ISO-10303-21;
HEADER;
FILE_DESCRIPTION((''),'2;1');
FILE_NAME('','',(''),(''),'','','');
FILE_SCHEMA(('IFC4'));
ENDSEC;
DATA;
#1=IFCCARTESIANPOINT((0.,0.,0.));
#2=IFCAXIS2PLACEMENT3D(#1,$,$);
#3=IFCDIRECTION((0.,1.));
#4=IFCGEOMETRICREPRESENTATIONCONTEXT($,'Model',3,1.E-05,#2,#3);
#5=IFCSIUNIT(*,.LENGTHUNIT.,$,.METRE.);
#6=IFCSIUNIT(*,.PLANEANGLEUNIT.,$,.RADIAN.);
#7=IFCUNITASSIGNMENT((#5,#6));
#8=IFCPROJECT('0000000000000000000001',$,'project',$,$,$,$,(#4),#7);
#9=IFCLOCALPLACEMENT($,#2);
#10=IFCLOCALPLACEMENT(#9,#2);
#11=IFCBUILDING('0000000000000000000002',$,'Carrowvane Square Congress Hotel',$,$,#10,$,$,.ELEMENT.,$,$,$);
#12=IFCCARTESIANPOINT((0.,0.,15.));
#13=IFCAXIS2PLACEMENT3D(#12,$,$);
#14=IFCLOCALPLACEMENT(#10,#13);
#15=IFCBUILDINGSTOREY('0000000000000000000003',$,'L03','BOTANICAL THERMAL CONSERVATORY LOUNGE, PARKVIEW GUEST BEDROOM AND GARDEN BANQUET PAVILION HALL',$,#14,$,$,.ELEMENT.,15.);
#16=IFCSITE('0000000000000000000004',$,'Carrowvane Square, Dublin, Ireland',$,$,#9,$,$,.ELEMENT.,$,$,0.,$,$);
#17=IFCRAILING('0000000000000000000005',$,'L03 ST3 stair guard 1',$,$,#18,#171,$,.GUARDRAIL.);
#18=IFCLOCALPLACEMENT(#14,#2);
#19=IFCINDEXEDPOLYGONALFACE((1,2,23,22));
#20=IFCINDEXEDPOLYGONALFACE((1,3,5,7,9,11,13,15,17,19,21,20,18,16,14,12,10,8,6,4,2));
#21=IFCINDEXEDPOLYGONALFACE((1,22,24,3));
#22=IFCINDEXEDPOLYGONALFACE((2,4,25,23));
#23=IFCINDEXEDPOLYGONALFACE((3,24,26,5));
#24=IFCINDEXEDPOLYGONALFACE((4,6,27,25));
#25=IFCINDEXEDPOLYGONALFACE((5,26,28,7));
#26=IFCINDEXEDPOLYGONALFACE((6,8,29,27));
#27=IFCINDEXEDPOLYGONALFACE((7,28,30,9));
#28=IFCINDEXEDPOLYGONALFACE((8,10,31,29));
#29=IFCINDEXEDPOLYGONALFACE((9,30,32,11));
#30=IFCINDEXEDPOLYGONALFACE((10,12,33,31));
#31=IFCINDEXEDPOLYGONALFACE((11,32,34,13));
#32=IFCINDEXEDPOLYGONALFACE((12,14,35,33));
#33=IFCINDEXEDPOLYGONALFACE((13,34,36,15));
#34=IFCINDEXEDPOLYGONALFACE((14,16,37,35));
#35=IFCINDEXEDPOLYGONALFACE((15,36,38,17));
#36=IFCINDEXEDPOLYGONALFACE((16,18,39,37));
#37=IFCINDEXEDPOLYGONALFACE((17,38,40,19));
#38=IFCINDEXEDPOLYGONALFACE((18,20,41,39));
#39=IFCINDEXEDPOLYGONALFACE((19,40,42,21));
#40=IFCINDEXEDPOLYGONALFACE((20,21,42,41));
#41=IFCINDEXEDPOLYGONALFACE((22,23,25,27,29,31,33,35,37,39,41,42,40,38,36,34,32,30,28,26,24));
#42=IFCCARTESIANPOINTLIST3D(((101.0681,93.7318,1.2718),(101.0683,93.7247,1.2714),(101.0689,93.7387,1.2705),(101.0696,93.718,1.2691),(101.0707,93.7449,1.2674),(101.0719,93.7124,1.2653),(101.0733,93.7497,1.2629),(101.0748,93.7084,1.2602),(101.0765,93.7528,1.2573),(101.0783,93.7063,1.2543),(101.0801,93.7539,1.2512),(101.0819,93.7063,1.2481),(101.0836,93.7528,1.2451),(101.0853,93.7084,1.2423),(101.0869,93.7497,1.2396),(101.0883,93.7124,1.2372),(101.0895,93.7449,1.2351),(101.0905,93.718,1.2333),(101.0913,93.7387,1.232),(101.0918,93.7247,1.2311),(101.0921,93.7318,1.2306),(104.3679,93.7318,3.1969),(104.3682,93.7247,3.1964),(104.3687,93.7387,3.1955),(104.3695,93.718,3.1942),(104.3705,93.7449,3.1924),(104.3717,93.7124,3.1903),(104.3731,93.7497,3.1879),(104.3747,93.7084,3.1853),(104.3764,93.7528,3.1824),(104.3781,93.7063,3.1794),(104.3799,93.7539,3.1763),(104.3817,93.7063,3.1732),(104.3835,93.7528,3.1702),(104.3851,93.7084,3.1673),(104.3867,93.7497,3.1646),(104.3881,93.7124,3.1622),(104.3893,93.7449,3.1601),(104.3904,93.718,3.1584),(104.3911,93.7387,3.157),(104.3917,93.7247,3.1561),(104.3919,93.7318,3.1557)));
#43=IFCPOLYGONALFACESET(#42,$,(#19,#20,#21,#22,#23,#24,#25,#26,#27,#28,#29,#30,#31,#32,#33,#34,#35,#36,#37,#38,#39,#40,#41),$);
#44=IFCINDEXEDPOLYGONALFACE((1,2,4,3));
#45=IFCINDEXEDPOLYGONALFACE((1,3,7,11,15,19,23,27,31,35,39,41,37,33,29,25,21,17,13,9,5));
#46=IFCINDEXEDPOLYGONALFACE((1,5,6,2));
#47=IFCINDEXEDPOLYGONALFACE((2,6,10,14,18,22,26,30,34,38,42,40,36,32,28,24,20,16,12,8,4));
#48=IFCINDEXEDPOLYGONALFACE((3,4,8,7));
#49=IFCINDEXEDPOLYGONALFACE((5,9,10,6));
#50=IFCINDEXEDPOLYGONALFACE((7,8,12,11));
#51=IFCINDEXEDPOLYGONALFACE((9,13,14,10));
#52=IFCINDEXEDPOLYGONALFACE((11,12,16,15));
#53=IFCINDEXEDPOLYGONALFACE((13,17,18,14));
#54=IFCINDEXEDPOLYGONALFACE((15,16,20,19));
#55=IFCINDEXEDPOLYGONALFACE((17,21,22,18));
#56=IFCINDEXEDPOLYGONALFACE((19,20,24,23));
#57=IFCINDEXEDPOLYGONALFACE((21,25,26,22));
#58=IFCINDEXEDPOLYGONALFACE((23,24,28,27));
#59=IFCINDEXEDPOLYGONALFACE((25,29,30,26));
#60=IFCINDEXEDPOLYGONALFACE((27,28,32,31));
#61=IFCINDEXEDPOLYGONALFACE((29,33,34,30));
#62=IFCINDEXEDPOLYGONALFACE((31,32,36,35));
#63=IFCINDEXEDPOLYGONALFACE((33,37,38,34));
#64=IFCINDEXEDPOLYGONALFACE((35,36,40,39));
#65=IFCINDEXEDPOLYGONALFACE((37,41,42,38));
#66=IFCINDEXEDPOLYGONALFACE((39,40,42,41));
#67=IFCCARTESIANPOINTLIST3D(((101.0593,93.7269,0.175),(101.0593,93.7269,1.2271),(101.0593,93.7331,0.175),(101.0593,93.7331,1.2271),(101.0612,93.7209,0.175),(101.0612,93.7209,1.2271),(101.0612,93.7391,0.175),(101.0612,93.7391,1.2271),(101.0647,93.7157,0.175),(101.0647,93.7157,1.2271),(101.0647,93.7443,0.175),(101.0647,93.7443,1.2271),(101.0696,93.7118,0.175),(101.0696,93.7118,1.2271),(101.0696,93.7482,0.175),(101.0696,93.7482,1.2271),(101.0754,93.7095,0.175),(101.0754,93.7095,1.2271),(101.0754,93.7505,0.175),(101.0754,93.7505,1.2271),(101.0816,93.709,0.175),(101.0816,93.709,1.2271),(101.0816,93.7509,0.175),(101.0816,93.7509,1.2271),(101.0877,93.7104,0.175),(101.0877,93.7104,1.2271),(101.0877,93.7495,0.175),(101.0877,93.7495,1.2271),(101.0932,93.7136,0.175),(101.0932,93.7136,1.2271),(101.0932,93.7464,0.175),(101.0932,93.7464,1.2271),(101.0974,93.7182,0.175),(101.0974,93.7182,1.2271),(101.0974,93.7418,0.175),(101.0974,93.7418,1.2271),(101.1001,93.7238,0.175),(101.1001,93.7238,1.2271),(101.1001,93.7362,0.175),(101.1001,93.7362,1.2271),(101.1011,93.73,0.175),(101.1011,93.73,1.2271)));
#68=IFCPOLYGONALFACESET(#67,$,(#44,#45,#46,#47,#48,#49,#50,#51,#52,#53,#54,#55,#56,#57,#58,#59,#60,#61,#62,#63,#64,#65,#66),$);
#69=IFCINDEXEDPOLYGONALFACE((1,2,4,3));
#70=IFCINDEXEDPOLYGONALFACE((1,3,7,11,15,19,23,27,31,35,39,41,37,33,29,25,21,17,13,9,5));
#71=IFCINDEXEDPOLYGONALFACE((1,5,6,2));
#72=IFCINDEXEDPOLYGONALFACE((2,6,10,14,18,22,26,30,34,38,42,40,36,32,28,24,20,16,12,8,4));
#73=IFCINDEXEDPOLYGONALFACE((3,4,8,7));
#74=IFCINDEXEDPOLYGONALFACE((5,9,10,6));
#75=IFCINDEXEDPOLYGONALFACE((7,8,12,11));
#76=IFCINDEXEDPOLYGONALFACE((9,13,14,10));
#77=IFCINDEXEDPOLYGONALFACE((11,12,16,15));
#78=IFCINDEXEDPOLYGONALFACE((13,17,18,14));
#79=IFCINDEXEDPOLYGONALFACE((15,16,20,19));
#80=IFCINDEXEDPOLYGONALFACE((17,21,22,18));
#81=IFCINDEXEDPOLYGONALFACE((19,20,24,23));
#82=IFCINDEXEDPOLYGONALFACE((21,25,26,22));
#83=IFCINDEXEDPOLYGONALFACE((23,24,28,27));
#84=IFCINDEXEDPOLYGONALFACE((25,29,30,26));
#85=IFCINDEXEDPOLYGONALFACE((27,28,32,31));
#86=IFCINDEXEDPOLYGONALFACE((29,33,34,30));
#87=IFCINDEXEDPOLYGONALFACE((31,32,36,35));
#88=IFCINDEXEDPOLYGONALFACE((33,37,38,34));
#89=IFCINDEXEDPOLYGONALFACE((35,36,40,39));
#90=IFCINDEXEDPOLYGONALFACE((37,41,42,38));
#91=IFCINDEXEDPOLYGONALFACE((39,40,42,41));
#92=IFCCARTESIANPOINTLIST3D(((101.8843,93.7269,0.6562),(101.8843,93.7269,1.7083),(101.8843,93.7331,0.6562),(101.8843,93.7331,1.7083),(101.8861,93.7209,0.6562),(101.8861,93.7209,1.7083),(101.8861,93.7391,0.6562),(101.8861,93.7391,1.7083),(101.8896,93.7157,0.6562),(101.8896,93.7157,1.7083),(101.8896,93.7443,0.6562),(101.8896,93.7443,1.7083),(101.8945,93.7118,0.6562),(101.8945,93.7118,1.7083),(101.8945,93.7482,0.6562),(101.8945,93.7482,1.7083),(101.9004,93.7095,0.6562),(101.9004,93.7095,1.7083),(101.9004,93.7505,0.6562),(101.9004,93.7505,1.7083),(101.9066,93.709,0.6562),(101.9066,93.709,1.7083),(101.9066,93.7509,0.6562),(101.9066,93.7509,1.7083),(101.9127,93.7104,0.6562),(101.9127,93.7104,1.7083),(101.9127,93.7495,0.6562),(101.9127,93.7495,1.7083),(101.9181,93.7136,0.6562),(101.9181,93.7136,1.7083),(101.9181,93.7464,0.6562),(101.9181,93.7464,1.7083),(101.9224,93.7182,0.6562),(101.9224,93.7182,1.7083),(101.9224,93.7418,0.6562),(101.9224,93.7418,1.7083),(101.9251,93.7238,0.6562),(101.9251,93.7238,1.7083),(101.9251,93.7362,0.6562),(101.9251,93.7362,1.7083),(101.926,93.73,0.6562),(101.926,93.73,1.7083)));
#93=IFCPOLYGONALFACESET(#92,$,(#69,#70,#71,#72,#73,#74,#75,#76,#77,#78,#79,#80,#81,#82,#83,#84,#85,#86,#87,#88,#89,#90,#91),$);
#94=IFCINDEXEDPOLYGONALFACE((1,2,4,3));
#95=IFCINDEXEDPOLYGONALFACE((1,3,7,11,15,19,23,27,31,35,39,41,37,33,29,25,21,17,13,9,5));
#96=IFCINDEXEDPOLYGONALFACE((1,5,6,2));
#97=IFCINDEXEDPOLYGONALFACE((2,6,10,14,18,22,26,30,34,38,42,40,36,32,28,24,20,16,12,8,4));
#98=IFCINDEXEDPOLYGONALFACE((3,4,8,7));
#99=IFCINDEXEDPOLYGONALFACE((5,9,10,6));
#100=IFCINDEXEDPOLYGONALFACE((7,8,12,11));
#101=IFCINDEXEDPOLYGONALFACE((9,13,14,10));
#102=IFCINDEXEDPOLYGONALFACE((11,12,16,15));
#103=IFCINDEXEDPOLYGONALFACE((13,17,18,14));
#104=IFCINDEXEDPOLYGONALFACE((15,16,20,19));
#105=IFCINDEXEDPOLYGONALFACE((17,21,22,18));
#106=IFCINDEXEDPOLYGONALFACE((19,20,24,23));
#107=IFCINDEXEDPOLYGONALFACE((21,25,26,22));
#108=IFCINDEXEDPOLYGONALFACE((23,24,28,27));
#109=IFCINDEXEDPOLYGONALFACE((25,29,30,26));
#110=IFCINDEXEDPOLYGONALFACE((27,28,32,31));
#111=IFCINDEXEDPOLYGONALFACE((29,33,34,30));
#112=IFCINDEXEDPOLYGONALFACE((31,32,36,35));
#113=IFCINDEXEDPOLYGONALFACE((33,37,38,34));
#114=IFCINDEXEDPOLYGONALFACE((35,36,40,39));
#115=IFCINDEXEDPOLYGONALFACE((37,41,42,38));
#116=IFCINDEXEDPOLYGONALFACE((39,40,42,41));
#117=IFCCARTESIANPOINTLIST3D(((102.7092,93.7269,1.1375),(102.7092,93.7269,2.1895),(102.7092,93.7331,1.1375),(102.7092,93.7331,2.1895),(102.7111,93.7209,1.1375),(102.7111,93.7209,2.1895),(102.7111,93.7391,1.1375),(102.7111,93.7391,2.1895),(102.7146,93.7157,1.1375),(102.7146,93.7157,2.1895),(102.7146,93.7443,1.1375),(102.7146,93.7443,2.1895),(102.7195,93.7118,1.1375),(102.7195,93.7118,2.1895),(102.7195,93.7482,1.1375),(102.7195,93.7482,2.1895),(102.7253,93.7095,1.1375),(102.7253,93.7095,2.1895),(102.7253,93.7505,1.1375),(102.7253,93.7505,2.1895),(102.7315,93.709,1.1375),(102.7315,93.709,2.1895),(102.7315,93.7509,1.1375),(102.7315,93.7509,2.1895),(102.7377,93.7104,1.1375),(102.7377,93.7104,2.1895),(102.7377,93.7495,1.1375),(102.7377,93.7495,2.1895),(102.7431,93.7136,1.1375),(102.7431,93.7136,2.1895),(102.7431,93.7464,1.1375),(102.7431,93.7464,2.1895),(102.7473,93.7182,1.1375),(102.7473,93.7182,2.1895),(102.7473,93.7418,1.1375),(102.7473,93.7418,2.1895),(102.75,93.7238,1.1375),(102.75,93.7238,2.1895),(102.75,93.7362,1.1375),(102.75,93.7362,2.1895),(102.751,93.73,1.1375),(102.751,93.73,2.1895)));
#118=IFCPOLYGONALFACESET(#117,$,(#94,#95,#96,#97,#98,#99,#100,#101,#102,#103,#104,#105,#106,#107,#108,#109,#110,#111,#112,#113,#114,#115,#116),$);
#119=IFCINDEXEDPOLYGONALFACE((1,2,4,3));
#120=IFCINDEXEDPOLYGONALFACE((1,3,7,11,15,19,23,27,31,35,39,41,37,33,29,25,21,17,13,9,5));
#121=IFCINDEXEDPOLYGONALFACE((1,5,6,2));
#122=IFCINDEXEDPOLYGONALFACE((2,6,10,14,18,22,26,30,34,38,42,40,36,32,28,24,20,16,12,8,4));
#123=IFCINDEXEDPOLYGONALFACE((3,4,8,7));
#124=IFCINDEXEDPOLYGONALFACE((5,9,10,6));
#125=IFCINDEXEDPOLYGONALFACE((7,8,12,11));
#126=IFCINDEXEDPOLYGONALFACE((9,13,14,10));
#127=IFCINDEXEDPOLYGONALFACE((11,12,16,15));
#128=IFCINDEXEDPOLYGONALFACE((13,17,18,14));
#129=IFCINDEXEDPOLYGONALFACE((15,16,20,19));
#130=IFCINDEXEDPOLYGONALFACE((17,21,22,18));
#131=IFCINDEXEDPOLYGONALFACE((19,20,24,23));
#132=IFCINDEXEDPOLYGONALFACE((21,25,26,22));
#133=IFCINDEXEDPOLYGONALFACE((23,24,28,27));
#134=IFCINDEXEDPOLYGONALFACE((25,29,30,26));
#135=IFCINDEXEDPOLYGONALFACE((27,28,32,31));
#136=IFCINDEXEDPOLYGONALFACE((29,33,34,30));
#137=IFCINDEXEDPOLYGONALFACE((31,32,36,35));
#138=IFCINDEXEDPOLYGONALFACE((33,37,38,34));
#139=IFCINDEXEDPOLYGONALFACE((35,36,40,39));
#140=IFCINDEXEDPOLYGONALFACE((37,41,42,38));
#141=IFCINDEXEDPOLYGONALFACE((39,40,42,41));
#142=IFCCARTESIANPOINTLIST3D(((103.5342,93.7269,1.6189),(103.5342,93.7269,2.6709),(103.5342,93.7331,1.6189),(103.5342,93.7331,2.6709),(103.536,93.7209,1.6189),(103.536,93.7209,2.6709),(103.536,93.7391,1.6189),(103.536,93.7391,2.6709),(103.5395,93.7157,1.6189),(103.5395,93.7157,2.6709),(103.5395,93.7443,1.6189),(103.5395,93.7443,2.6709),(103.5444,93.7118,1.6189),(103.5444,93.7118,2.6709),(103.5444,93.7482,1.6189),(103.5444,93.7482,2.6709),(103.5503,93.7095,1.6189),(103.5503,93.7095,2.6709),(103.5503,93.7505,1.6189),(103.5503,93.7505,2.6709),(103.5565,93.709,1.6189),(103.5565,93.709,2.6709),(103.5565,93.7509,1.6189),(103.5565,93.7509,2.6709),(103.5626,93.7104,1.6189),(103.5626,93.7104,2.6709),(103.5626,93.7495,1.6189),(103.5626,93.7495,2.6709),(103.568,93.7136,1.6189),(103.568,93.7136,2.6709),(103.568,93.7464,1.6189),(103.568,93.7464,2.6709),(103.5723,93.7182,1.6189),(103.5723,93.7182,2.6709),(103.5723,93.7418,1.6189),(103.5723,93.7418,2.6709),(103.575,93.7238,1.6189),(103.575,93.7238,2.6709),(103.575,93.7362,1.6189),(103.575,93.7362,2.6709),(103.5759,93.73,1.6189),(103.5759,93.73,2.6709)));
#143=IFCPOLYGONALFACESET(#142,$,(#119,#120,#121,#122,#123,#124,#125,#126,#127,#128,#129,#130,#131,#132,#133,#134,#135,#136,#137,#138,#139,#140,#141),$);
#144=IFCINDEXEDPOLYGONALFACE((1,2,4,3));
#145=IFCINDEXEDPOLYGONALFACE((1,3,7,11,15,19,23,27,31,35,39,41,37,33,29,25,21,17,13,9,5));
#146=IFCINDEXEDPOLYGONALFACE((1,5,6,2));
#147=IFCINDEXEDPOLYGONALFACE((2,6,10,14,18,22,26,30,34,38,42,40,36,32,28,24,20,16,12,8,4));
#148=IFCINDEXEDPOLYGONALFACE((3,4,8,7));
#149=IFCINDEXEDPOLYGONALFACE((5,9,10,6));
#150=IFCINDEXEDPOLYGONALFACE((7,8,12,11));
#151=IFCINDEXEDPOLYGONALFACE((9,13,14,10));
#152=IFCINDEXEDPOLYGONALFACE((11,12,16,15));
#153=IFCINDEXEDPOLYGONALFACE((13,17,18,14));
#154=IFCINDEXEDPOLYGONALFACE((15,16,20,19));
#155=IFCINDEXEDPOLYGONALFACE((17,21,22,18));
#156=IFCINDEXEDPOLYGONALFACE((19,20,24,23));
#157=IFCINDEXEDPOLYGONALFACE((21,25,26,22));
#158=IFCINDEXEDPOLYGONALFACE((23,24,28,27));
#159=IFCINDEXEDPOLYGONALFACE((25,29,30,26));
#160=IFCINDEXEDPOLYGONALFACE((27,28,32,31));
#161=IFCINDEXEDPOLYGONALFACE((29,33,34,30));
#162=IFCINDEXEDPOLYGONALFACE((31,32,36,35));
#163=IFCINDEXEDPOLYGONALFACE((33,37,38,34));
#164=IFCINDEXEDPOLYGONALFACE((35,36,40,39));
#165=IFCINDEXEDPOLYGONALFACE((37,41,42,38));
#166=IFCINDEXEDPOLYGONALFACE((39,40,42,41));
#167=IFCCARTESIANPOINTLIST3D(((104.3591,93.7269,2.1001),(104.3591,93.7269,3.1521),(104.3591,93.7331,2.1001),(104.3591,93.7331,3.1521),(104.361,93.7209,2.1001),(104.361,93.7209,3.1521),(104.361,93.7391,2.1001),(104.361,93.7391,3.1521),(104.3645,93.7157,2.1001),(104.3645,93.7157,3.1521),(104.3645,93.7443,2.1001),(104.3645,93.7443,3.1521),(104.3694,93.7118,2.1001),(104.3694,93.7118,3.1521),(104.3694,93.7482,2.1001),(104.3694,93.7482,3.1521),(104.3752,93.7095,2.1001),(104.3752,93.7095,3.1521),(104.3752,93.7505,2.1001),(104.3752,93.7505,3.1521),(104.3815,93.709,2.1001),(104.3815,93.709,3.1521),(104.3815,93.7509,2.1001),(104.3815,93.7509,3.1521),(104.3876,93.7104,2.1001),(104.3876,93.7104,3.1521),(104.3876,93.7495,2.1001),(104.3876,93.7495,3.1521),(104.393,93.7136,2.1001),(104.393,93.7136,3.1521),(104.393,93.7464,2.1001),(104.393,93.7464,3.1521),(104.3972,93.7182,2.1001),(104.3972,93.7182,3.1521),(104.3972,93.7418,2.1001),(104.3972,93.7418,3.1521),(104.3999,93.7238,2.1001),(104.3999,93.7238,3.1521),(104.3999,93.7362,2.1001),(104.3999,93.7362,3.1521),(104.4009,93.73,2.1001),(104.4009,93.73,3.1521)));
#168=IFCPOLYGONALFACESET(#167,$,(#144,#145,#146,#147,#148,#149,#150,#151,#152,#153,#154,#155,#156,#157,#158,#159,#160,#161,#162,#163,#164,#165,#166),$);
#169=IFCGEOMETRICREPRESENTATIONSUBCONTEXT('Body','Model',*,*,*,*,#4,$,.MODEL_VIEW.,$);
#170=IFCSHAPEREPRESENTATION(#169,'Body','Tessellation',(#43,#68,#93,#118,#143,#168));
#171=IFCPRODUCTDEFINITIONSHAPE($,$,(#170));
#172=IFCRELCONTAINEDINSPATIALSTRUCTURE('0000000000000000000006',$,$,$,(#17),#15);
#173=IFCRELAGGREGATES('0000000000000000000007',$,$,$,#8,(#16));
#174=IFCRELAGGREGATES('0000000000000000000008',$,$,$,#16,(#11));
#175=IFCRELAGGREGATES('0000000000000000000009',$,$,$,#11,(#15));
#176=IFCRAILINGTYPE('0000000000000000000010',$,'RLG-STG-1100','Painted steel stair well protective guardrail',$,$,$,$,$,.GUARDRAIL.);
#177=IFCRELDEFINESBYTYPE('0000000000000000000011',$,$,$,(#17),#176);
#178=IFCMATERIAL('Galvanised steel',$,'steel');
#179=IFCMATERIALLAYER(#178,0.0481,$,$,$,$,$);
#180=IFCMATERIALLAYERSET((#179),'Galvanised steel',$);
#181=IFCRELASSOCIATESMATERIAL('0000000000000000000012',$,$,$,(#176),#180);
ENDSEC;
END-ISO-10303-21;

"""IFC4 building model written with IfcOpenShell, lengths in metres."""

from ifc_helpers import new_model, si_unit, direction, frame, origin, origin_2d, place, context, subcontext, project, spatial, circle, extrude, material, layer, layer_set, type_object, element, save


model = new_model("IFC4")

# Units and contexts
model_context = context("Model", 3, precision=1e-05, world=origin(), true_north=direction((0.0, 1.0)))
body_context = subcontext(model_context, "Body", "Model", "MODEL_VIEW")
ifc_project = project(units=[si_unit("LENGTHUNIT", "METRE"), si_unit("PLANEANGLEUNIT", "RADIAN")], contexts=[model_context])

# Site, building, storey
site_placement = place(None, origin())
site = spatial("IfcSite", under=ifc_project, at=site_placement, Name="Carrowvane Square, Dublin, Ireland", CompositionType="ELEMENT", RefElevation=0.0)
building_placement = place(site_placement, origin())
building = spatial("IfcBuilding", under=site, at=building_placement, Name="Carrowvane Square Congress Hotel", CompositionType="ELEMENT")
storey_placement = place(building_placement, frame((0.0, 0.0, 15.0)))
storey = spatial("IfcBuildingStorey", under=building, at=storey_placement, Name="L03", Description="BOTANICAL THERMAL CONSERVATORY LOUNGE, PARKVIEW GUEST BEDROOM AND GARDEN BANQUET PAVILION HALL", CompositionType="ELEMENT", Elevation=15.0)

# Railing
ifc_material_1 = material(Name="Galvanised steel", Category="steel")
ifc_layer_1 = layer(ifc_material_1, 0.0481)
ifc_layer_set_1 = layer_set([ifc_layer_1], Name="Galvanised steel")
railing_type_1 = type_object("IfcRailingType", Name="RLG-STG-1100", Description="Painted steel stair well protective guardrail", PredefinedType="GUARDRAIL", material=ifc_layer_set_1)
railing_1_placement = place(storey_placement, frame((101.0801, 93.73, 0.175)))
element("IfcRailing", 1, at=railing_1_placement, inside=storey, type_object=railing_type_1, Name="L03 ST3 stair guard 1", PredefinedType="GUARDRAIL", context=body_context, shape_type="SweptSolid", body=[
    extrude(circle(Radius=0.0239, at=origin_2d()), frame((0.0, 0.0, 1.0762), z_axis=(0.86376, 0.0, 0.503903), x_axis=(0.0, 1.0, 0.0)), (0.0, 0.0, 1.0), 3.8203),
    extrude(circle(Radius=0.021, at=origin_2d()), origin(), (0.0, 0.0, 1.0), 1.052),
    extrude(circle(Radius=0.021, at=origin_2d()), frame((0.825, 0.0, 0.4812)), (0.0, 0.0, 1.0), 1.052),
    extrude(circle(Radius=0.021, at=origin_2d()), frame((1.6499, 0.0, 0.9624)), (0.0, 0.0, 1.0), 1.052),
    extrude(circle(Radius=0.021, at=origin_2d()), frame((2.4749, 0.0, 1.4438)), (0.0, 0.0, 1.0), 1.052),
    extrude(circle(Radius=0.021, at=origin_2d()), frame((3.2998, 0.0, 1.925)), (0.0, 0.0, 1.0), 1.052),
])

save(model, "model.ifc")
